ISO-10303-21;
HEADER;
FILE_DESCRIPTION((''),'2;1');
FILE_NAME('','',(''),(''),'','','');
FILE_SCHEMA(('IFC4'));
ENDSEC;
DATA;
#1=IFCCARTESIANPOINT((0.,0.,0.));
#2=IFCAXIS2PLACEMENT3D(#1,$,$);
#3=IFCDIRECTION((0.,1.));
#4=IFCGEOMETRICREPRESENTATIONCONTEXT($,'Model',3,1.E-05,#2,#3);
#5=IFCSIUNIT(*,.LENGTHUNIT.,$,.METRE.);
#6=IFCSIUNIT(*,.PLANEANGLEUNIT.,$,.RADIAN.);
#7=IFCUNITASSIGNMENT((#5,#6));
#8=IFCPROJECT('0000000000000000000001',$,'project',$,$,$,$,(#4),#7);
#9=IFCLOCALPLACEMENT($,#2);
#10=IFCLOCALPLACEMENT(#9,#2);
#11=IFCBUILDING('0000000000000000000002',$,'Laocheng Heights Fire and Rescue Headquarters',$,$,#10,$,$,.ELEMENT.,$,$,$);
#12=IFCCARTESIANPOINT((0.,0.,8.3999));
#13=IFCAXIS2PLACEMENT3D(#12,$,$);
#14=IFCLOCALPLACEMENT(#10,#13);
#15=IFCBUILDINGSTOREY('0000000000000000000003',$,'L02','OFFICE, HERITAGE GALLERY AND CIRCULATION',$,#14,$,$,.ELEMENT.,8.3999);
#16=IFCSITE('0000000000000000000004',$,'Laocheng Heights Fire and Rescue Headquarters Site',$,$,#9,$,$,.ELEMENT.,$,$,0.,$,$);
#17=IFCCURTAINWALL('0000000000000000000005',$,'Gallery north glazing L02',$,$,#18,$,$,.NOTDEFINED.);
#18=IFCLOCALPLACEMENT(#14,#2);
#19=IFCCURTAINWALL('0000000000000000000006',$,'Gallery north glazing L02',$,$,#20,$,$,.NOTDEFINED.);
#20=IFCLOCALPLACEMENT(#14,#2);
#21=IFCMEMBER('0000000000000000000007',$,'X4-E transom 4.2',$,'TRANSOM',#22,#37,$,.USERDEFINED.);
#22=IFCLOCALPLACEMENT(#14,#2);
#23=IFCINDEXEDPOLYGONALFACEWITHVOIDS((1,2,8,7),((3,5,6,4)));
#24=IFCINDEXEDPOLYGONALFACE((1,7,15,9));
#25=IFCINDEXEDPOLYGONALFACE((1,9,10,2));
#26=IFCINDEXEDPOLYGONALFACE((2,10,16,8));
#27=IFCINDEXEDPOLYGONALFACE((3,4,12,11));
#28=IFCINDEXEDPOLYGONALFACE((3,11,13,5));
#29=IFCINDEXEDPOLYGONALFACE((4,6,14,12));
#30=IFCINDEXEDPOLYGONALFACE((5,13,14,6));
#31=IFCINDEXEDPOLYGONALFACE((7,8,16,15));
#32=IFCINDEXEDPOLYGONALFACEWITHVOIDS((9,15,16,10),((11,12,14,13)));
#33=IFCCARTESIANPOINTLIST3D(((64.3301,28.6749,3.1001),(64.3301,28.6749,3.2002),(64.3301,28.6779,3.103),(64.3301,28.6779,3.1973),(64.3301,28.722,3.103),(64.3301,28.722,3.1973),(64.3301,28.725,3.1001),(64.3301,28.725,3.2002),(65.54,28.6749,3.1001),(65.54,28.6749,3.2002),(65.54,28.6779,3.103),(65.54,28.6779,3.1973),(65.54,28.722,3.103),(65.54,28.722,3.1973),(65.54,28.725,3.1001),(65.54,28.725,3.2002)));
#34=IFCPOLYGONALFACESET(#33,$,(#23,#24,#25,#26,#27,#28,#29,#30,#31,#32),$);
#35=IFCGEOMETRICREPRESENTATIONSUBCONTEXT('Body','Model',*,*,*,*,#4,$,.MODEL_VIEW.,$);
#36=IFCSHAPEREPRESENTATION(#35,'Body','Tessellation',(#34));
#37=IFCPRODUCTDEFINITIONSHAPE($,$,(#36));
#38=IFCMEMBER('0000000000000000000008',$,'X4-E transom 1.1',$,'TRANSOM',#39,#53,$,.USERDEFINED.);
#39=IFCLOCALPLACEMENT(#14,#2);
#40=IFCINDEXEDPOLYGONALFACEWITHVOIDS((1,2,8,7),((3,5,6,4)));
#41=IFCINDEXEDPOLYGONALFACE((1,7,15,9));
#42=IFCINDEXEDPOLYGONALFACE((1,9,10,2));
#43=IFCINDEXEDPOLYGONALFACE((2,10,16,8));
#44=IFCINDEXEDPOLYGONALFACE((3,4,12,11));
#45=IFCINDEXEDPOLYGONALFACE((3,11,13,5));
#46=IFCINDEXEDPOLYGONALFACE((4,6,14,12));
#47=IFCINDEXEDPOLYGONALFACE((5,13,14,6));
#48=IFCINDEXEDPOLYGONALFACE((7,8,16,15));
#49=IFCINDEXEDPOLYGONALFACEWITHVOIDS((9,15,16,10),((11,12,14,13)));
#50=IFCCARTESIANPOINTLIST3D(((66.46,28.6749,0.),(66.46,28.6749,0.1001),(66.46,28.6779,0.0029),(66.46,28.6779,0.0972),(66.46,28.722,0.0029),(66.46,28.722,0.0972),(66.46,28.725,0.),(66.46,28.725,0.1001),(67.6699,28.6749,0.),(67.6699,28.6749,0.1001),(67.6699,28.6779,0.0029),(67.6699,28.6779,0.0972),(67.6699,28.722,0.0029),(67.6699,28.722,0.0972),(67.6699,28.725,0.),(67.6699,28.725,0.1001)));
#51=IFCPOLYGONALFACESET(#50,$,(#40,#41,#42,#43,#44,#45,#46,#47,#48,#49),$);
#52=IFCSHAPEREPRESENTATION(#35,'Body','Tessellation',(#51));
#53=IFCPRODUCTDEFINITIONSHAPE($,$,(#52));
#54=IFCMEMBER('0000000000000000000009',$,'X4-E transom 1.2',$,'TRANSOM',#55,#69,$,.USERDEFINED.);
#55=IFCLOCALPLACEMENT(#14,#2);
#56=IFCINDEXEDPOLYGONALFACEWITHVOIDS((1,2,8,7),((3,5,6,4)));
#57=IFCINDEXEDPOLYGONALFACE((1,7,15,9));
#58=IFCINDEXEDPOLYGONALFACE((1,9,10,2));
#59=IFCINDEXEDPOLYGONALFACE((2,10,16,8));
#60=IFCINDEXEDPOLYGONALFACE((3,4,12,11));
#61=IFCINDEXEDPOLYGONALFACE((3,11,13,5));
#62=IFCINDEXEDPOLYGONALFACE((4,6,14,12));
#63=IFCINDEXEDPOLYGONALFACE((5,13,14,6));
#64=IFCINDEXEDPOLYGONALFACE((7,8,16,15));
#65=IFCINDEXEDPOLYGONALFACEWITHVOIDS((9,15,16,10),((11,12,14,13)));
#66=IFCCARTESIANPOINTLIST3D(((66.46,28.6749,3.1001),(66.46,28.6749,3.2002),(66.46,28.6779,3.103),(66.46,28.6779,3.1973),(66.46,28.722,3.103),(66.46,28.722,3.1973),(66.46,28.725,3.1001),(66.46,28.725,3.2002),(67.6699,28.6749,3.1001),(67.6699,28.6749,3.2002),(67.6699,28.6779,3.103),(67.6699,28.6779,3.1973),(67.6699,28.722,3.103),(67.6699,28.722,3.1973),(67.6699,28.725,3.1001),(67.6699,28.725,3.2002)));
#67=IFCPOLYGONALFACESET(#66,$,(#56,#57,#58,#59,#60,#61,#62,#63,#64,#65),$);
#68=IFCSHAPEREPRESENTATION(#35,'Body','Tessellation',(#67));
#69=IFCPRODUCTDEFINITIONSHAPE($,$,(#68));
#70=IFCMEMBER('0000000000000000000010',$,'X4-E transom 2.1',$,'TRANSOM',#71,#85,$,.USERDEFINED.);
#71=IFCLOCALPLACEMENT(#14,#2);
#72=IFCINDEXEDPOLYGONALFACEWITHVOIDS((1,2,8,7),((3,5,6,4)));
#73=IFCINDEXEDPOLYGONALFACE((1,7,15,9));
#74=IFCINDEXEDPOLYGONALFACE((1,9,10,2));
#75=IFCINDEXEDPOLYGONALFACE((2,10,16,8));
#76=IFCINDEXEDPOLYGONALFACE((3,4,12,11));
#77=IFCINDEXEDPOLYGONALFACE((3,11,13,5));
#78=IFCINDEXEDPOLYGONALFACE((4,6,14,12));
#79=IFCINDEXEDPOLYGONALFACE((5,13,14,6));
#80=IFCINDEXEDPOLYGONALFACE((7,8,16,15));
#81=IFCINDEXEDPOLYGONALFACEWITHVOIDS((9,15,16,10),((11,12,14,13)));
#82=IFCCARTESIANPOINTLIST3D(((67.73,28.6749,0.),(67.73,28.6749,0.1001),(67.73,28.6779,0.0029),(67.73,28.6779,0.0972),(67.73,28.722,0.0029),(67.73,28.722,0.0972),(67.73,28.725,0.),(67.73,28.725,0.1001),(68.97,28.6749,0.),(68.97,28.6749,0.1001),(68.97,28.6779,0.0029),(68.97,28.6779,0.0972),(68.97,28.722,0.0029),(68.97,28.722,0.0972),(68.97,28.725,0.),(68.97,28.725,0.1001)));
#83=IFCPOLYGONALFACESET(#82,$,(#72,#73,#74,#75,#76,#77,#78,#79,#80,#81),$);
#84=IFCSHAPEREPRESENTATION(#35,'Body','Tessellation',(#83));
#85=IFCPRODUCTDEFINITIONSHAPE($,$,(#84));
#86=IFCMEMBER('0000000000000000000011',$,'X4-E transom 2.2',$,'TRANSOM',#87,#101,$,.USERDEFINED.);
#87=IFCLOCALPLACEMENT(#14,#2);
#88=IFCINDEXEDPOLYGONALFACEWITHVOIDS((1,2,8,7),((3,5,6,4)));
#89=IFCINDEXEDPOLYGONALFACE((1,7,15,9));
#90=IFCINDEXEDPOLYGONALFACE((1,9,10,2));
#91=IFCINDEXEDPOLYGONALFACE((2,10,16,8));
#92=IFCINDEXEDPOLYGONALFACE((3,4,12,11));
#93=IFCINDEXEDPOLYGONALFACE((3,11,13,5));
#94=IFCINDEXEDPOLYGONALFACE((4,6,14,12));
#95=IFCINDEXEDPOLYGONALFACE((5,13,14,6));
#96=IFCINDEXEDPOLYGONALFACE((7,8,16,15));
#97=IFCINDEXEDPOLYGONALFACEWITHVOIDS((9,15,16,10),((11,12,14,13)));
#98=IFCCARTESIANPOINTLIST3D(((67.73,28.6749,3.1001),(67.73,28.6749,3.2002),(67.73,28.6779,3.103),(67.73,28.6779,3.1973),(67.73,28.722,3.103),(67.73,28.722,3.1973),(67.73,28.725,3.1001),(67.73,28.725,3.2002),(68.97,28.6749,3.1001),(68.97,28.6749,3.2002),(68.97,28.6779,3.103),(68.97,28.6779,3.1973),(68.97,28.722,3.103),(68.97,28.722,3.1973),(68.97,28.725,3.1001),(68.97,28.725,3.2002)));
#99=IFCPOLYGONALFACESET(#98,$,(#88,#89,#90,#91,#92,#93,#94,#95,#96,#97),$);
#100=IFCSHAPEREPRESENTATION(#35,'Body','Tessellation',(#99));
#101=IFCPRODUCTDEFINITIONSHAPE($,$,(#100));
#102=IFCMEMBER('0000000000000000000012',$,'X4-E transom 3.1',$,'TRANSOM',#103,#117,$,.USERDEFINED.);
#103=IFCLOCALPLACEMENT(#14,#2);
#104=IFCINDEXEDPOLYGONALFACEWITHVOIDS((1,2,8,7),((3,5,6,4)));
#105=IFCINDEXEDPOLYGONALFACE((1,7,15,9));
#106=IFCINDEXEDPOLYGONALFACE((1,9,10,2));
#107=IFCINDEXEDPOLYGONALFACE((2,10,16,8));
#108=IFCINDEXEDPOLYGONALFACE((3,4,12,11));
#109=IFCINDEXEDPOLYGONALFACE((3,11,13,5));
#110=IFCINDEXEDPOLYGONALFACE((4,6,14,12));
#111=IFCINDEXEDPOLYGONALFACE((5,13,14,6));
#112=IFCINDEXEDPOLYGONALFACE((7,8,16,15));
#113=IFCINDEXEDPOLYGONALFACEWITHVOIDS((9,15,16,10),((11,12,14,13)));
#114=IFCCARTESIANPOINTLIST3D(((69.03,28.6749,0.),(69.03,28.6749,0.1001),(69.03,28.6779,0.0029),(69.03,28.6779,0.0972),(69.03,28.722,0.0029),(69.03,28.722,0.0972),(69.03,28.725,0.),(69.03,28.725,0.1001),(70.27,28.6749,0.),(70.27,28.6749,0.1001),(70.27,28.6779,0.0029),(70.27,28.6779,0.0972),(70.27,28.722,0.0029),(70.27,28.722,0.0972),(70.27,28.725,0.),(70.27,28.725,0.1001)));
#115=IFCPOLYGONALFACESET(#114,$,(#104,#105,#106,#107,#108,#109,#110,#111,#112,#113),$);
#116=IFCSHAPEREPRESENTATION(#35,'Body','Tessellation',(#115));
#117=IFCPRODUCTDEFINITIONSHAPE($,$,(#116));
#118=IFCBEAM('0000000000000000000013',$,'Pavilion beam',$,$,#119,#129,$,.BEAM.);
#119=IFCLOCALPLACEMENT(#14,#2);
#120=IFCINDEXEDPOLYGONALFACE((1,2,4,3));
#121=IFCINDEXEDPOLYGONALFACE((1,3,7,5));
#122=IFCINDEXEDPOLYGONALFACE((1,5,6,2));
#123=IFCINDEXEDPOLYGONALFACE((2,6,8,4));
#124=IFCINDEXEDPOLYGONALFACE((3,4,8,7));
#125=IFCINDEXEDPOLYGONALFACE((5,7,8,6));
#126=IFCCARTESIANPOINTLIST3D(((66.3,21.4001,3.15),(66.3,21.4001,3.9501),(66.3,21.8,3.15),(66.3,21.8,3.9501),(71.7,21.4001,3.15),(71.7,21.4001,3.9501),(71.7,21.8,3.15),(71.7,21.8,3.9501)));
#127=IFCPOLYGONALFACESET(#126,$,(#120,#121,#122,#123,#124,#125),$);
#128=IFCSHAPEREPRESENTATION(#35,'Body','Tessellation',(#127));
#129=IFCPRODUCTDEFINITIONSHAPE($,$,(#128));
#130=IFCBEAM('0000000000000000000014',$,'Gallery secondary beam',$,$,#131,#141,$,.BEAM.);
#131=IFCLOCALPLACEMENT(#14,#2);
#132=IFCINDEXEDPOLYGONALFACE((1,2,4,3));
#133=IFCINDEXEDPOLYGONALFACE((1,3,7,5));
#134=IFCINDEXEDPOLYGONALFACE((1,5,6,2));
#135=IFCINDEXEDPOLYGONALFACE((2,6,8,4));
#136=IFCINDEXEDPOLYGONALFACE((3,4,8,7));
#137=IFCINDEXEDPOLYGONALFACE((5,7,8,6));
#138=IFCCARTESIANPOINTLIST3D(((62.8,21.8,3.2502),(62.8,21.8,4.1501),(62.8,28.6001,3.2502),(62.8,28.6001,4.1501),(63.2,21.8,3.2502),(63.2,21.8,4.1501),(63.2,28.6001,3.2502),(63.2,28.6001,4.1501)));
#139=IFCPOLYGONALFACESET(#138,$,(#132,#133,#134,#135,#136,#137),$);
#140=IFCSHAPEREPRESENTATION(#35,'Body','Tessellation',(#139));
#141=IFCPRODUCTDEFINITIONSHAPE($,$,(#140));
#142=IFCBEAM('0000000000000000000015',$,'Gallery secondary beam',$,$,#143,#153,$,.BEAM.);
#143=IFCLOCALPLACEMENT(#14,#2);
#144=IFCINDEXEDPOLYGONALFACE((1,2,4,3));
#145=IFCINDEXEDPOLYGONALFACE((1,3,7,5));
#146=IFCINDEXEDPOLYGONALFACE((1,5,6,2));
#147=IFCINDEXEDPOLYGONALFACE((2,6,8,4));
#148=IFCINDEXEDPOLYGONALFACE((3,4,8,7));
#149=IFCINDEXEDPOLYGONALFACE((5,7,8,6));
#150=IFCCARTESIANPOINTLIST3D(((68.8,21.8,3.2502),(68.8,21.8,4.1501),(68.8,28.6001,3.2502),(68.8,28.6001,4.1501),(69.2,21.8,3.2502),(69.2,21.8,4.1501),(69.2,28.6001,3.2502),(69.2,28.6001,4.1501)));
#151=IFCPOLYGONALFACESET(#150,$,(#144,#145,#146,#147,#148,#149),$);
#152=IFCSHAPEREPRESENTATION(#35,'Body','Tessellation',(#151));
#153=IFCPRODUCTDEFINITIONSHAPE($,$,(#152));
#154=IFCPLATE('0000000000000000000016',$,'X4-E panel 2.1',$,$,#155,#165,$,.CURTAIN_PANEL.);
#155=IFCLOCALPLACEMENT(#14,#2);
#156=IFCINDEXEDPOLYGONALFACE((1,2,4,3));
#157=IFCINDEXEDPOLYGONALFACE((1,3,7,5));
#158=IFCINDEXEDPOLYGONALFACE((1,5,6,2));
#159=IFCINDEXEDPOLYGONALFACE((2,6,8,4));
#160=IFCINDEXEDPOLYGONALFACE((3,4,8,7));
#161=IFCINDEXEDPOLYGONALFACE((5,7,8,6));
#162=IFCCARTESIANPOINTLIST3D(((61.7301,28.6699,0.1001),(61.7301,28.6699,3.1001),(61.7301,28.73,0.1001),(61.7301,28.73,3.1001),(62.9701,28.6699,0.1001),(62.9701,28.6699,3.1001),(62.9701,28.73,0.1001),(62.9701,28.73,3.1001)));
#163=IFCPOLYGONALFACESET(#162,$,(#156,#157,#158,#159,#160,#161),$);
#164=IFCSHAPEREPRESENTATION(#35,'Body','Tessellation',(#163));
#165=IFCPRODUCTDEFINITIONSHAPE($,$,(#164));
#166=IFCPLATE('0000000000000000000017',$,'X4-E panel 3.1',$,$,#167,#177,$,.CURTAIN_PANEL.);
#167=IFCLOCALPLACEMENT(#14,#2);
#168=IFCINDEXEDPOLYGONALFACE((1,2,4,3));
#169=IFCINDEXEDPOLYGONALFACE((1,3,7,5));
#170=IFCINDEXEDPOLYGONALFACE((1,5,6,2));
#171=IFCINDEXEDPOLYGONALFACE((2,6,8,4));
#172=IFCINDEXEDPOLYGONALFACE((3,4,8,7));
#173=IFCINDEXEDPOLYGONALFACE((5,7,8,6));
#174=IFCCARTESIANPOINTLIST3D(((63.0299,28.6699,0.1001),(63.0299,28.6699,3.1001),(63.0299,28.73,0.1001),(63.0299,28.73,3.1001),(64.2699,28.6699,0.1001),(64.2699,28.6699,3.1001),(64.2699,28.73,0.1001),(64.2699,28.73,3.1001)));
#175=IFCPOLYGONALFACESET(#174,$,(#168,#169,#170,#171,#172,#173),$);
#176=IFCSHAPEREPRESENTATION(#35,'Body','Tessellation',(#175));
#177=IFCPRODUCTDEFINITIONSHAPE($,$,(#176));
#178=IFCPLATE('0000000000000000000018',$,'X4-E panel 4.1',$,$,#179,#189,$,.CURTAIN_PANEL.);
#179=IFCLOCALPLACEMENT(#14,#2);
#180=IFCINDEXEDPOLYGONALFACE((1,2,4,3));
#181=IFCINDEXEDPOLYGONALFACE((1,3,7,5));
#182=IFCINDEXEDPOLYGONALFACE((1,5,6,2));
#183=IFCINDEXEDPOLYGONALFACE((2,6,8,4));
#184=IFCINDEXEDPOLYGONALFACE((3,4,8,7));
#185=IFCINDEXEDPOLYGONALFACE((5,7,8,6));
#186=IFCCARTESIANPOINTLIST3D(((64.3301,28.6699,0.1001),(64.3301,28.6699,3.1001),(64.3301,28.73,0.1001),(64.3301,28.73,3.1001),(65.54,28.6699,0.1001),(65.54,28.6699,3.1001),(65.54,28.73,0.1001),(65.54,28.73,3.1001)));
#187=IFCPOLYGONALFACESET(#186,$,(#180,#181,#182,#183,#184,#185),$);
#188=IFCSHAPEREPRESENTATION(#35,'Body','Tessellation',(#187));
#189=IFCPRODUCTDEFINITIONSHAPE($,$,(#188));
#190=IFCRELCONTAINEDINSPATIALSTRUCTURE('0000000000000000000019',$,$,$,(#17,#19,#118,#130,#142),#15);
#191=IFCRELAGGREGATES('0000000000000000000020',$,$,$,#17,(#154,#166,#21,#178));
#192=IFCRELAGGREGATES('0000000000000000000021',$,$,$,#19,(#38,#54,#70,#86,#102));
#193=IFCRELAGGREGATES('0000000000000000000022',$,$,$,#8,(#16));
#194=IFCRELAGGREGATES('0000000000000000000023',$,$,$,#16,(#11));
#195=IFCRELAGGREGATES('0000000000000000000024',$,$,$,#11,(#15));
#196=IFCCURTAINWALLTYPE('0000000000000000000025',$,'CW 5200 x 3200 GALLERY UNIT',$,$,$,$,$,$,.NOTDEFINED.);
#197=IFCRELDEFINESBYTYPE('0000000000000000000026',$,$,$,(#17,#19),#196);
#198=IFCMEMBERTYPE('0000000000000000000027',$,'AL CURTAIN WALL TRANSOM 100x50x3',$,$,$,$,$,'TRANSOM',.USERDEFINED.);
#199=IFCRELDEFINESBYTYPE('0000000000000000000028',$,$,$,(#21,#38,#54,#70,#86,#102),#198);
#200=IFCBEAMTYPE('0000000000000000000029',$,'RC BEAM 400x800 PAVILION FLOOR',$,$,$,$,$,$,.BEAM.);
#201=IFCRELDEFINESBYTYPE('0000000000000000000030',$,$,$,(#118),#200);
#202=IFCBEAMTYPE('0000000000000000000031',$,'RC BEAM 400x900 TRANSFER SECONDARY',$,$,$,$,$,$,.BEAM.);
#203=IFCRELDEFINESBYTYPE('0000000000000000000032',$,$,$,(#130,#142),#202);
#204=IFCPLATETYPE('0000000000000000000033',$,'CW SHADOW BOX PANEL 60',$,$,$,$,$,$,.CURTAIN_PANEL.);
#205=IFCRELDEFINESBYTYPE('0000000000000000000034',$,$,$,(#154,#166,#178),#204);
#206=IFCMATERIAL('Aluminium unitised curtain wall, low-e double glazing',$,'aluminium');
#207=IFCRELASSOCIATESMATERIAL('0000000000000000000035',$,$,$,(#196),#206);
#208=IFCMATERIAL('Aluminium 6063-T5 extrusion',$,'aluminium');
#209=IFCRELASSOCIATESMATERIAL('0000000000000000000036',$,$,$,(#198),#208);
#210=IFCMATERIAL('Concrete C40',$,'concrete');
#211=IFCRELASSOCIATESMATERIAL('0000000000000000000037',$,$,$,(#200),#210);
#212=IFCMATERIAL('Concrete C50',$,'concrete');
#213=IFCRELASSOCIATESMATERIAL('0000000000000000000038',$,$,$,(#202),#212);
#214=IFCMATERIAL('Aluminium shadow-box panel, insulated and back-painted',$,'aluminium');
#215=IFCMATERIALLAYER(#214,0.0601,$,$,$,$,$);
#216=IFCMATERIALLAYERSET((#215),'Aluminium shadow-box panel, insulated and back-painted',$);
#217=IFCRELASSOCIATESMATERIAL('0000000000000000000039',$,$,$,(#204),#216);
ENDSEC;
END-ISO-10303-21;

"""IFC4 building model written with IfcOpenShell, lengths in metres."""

from ifc_helpers import new_model, si_unit, direction, frame, origin, origin_2d, place, context, subcontext, project, spatial, rectangle, hollow_rectangle, extrude, material, layer, layer_set, material_profile, profile_set, type_object, element, aggregate, save


model = new_model("IFC4")

# Units and contexts
model_context = context("Model", 3, precision=1e-05, world=origin(), true_north=direction((0.0, 1.0)))
body_context = subcontext(model_context, "Body", "Model", "MODEL_VIEW")
ifc_project = project(units=[si_unit("LENGTHUNIT", "METRE"), si_unit("PLANEANGLEUNIT", "RADIAN")], contexts=[model_context])

# Site, building, storey
site_placement = place(None, origin())
site = spatial("IfcSite", under=ifc_project, at=site_placement, Name="Laocheng Heights Fire and Rescue Headquarters Site", CompositionType="ELEMENT", RefElevation=0.0)
building_placement = place(site_placement, origin())
building = spatial("IfcBuilding", under=site, at=building_placement, Name="Laocheng Heights Fire and Rescue Headquarters", CompositionType="ELEMENT")
storey_placement = place(building_placement, frame((0.0, 0.0, 8.3999)))
storey = spatial("IfcBuildingStorey", under=building, at=storey_placement, Name="L02", Description="OFFICE, HERITAGE GALLERY AND CIRCULATION", CompositionType="ELEMENT", Elevation=8.3999)

# Curtain walls
ifc_material_1 = material(Name="Aluminium unitised curtain wall, low-e double glazing", Category="aluminium")
curtain_wall_type = type_object("IfcCurtainWallType", Name="CW 5200 x 3200 GALLERY UNIT", PredefinedType="NOTDEFINED", material=ifc_material_1)
curtain_wall_1_placement = place(storey_placement, origin())
curtain_wall_1 = element("IfcCurtainWall", 1, at=curtain_wall_1_placement, inside=storey, type_object=curtain_wall_type, Name="Gallery north glazing L02", PredefinedType="NOTDEFINED")
curtain_wall_2_placement = place(storey_placement, origin())
curtain_wall_2 = element("IfcCurtainWall", 2, at=curtain_wall_2_placement, inside=storey, type_object=curtain_wall_type, Name="Gallery north glazing L02", PredefinedType="NOTDEFINED")

# Members
ifc_material_2 = material(Name="Aluminium 6063-T5 extrusion", Category="aluminium")
ifc_material_profile_1 = material_profile(ifc_material_2, hollow_rectangle(XDim=0.05, YDim=0.1001, WallThickness=0.0029, at=origin_2d()), Name="AL TRANSOM 100x50x3")
ifc_profile_set_1 = profile_set([ifc_material_profile_1], Name="Aluminium 6063-T5 extrusion")
member_type_1 = type_object("IfcMemberType", Name="AL CURTAIN WALL TRANSOM 100x50x3", ElementType="TRANSOM", PredefinedType="USERDEFINED", material=ifc_profile_set_1)
member_1_placement = place(storey_placement, frame((64.3301, 28.7, 3.1501), z_axis=(1.0, 0.0, 0.0), x_axis=(0.0, 1.0, 0.0)))
member_1 = element("IfcMember", 3, at=member_1_placement, type_object=member_type_1, Name="X4-E transom 4.2", ObjectType="TRANSOM", PredefinedType="USERDEFINED", context=body_context, shape_type="SweptSolid", body=[
    extrude(hollow_rectangle(XDim=0.05, YDim=0.1001, WallThickness=0.0029, at=origin_2d()), origin(), (0.0, 0.0, 1.0), 1.21),
])
member_2_placement = place(storey_placement, frame((66.46, 28.7, 0.05), z_axis=(1.0, 0.0, 0.0), x_axis=(0.0, 1.0, 0.0)))
member_2 = element("IfcMember", 4, at=member_2_placement, type_object=member_type_1, Name="X4-E transom 1.1", ObjectType="TRANSOM", PredefinedType="USERDEFINED", context=body_context, shape_type="SweptSolid", body=[
    extrude(hollow_rectangle(XDim=0.05, YDim=0.1001, WallThickness=0.0029, at=origin_2d()), origin(), (0.0, 0.0, 1.0), 1.21),
])
member_3_placement = place(storey_placement, frame((66.46, 28.7, 3.1501), z_axis=(1.0, 0.0, 0.0), x_axis=(0.0, 1.0, 0.0)))
member_3 = element("IfcMember", 5, at=member_3_placement, type_object=member_type_1, Name="X4-E transom 1.2", ObjectType="TRANSOM", PredefinedType="USERDEFINED", context=body_context, shape_type="SweptSolid", body=[
    extrude(hollow_rectangle(XDim=0.05, YDim=0.1001, WallThickness=0.0029, at=origin_2d()), origin(), (0.0, 0.0, 1.0), 1.21),
])
member_4_placement = place(storey_placement, frame((67.73, 28.7, 0.05), z_axis=(1.0, 0.0, 0.0), x_axis=(0.0, 1.0, 0.0)))
member_4 = element("IfcMember", 6, at=member_4_placement, type_object=member_type_1, Name="X4-E transom 2.1", ObjectType="TRANSOM", PredefinedType="USERDEFINED", context=body_context, shape_type="SweptSolid", body=[
    extrude(hollow_rectangle(XDim=0.05, YDim=0.1001, WallThickness=0.0029, at=origin_2d()), origin(), (0.0, 0.0, 1.0), 1.24),
])
member_5_placement = place(storey_placement, frame((67.73, 28.7, 3.1501), z_axis=(1.0, 0.0, 0.0), x_axis=(0.0, 1.0, 0.0)))
member_5 = element("IfcMember", 7, at=member_5_placement, type_object=member_type_1, Name="X4-E transom 2.2", ObjectType="TRANSOM", PredefinedType="USERDEFINED", context=body_context, shape_type="SweptSolid", body=[
    extrude(hollow_rectangle(XDim=0.05, YDim=0.1001, WallThickness=0.0029, at=origin_2d()), origin(), (0.0, 0.0, 1.0), 1.24),
])
member_6_placement = place(storey_placement, frame((69.03, 28.7, 0.05), z_axis=(1.0, 0.0, 0.0), x_axis=(0.0, 1.0, 0.0)))
member_6 = element("IfcMember", 8, at=member_6_placement, type_object=member_type_1, Name="X4-E transom 3.1", ObjectType="TRANSOM", PredefinedType="USERDEFINED", context=body_context, shape_type="SweptSolid", body=[
    extrude(hollow_rectangle(XDim=0.05, YDim=0.1001, WallThickness=0.0029, at=origin_2d()), origin(), (0.0, 0.0, 1.0), 1.24),
])

# Beams
ifc_material_3 = material(Name="Concrete C40", Category="concrete")
ifc_material_profile_2 = material_profile(ifc_material_3, rectangle(XDim=0.3999, YDim=0.8, at=origin_2d()), Name="RC BEAM 400x800 PAVILION FLOOR")
ifc_profile_set_2 = profile_set([ifc_material_profile_2], Name="Concrete C40")
beam_type_1 = type_object("IfcBeamType", Name="RC BEAM 400x800 PAVILION FLOOR", PredefinedType="BEAM", material=ifc_profile_set_2)
beam_placement = place(storey_placement, frame((66.3, 21.6001, 3.55), z_axis=(1.0, 0.0, 0.0), x_axis=(0.0, 1.0, 0.0)))
element("IfcBeam", 9, at=beam_placement, inside=storey, type_object=beam_type_1, Name="Pavilion beam", PredefinedType="BEAM", context=body_context, shape_type="SweptSolid", body=[
    extrude(rectangle(XDim=0.3999, YDim=0.8, at=origin_2d()), origin(), (0.0, 0.0, 1.0), 5.3999),
])
ifc_material_4 = material(Name="Concrete C50", Category="concrete")
ifc_material_profile_3 = material_profile(ifc_material_4, rectangle(XDim=0.3999, YDim=0.8999, at=origin_2d()), Name="RC BEAM 400x900 TRANSFER SECONDARY")
ifc_profile_set_3 = profile_set([ifc_material_profile_3], Name="Concrete C50")
beam_type_2 = type_object("IfcBeamType", Name="RC BEAM 400x900 TRANSFER SECONDARY", PredefinedType="BEAM", material=ifc_profile_set_3)
for number, where, z_axis, x_axis, name in (
    (10, (63.0, 21.8, 3.7002), (0.0, 1.0, 0.0), (-1.0, 0.0, 0.0), "Gallery secondary beam"),
    (11, (69.0, 21.8, 3.7002), (0.0, 1.0, 0.0), (-1.0, 0.0, 0.0), "Gallery secondary beam"),
):
    element("IfcBeam", number, at=place(storey_placement, frame(where, z_axis=z_axis, x_axis=x_axis)), inside=storey, type_object=beam_type_2, Name=name, PredefinedType="BEAM", context=body_context, shape_type="SweptSolid", body=[
        extrude(rectangle(XDim=0.3999, YDim=0.8999, at=origin_2d()), origin(), (0.0, 0.0, 1.0), 6.8),
    ])

# Plates
ifc_material_5 = material(Name="Aluminium shadow-box panel, insulated and back-painted", Category="aluminium")
ifc_layer_1 = layer(ifc_material_5, 0.0601)
ifc_layer_set_1 = layer_set([ifc_layer_1], Name="Aluminium shadow-box panel, insulated and back-painted")
plate_type = type_object("IfcPlateType", Name="CW SHADOW BOX PANEL 60", PredefinedType="CURTAIN_PANEL", material=ifc_layer_set_1)
plate_1_placement = place(storey_placement, frame((62.3501, 28.7, 0.1001), z_axis=(0.0, 0.0, 1.0), x_axis=(1.0, 0.0, 0.0)))
plate_1 = element("IfcPlate", 12, at=plate_1_placement, type_object=plate_type, Name="X4-E panel 2.1", PredefinedType="CURTAIN_PANEL", context=body_context, shape_type="SweptSolid", body=[
    extrude(rectangle(XDim=1.24, YDim=0.0601, at=origin_2d()), origin(), (0.0, 0.0, 1.0), 3.0),
])
plate_2_placement = place(storey_placement, frame((63.6499, 28.7, 0.1001), z_axis=(0.0, 0.0, 1.0), x_axis=(1.0, 0.0, 0.0)))
plate_2 = element("IfcPlate", 13, at=plate_2_placement, type_object=plate_type, Name="X4-E panel 3.1", PredefinedType="CURTAIN_PANEL", context=body_context, shape_type="SweptSolid", body=[
    extrude(rectangle(XDim=1.24, YDim=0.0601, at=origin_2d()), origin(), (0.0, 0.0, 1.0), 3.0),
])
plate_3_placement = place(storey_placement, frame((64.9351, 28.7, 0.1001), z_axis=(0.0, 0.0, 1.0), x_axis=(1.0, 0.0, 0.0)))
plate_3 = element("IfcPlate", 14, at=plate_3_placement, type_object=plate_type, Name="X4-E panel 4.1", PredefinedType="CURTAIN_PANEL", context=body_context, shape_type="SweptSolid", body=[
    extrude(rectangle(XDim=1.21, YDim=0.0601, at=origin_2d()), origin(), (0.0, 0.0, 1.0), 3.0),
])
aggregate(curtain_wall_1, [plate_1, plate_2, member_1, plate_3])
aggregate(curtain_wall_2, [member_2, member_3, member_4, member_5, member_6])

save(model, "model.ifc")
